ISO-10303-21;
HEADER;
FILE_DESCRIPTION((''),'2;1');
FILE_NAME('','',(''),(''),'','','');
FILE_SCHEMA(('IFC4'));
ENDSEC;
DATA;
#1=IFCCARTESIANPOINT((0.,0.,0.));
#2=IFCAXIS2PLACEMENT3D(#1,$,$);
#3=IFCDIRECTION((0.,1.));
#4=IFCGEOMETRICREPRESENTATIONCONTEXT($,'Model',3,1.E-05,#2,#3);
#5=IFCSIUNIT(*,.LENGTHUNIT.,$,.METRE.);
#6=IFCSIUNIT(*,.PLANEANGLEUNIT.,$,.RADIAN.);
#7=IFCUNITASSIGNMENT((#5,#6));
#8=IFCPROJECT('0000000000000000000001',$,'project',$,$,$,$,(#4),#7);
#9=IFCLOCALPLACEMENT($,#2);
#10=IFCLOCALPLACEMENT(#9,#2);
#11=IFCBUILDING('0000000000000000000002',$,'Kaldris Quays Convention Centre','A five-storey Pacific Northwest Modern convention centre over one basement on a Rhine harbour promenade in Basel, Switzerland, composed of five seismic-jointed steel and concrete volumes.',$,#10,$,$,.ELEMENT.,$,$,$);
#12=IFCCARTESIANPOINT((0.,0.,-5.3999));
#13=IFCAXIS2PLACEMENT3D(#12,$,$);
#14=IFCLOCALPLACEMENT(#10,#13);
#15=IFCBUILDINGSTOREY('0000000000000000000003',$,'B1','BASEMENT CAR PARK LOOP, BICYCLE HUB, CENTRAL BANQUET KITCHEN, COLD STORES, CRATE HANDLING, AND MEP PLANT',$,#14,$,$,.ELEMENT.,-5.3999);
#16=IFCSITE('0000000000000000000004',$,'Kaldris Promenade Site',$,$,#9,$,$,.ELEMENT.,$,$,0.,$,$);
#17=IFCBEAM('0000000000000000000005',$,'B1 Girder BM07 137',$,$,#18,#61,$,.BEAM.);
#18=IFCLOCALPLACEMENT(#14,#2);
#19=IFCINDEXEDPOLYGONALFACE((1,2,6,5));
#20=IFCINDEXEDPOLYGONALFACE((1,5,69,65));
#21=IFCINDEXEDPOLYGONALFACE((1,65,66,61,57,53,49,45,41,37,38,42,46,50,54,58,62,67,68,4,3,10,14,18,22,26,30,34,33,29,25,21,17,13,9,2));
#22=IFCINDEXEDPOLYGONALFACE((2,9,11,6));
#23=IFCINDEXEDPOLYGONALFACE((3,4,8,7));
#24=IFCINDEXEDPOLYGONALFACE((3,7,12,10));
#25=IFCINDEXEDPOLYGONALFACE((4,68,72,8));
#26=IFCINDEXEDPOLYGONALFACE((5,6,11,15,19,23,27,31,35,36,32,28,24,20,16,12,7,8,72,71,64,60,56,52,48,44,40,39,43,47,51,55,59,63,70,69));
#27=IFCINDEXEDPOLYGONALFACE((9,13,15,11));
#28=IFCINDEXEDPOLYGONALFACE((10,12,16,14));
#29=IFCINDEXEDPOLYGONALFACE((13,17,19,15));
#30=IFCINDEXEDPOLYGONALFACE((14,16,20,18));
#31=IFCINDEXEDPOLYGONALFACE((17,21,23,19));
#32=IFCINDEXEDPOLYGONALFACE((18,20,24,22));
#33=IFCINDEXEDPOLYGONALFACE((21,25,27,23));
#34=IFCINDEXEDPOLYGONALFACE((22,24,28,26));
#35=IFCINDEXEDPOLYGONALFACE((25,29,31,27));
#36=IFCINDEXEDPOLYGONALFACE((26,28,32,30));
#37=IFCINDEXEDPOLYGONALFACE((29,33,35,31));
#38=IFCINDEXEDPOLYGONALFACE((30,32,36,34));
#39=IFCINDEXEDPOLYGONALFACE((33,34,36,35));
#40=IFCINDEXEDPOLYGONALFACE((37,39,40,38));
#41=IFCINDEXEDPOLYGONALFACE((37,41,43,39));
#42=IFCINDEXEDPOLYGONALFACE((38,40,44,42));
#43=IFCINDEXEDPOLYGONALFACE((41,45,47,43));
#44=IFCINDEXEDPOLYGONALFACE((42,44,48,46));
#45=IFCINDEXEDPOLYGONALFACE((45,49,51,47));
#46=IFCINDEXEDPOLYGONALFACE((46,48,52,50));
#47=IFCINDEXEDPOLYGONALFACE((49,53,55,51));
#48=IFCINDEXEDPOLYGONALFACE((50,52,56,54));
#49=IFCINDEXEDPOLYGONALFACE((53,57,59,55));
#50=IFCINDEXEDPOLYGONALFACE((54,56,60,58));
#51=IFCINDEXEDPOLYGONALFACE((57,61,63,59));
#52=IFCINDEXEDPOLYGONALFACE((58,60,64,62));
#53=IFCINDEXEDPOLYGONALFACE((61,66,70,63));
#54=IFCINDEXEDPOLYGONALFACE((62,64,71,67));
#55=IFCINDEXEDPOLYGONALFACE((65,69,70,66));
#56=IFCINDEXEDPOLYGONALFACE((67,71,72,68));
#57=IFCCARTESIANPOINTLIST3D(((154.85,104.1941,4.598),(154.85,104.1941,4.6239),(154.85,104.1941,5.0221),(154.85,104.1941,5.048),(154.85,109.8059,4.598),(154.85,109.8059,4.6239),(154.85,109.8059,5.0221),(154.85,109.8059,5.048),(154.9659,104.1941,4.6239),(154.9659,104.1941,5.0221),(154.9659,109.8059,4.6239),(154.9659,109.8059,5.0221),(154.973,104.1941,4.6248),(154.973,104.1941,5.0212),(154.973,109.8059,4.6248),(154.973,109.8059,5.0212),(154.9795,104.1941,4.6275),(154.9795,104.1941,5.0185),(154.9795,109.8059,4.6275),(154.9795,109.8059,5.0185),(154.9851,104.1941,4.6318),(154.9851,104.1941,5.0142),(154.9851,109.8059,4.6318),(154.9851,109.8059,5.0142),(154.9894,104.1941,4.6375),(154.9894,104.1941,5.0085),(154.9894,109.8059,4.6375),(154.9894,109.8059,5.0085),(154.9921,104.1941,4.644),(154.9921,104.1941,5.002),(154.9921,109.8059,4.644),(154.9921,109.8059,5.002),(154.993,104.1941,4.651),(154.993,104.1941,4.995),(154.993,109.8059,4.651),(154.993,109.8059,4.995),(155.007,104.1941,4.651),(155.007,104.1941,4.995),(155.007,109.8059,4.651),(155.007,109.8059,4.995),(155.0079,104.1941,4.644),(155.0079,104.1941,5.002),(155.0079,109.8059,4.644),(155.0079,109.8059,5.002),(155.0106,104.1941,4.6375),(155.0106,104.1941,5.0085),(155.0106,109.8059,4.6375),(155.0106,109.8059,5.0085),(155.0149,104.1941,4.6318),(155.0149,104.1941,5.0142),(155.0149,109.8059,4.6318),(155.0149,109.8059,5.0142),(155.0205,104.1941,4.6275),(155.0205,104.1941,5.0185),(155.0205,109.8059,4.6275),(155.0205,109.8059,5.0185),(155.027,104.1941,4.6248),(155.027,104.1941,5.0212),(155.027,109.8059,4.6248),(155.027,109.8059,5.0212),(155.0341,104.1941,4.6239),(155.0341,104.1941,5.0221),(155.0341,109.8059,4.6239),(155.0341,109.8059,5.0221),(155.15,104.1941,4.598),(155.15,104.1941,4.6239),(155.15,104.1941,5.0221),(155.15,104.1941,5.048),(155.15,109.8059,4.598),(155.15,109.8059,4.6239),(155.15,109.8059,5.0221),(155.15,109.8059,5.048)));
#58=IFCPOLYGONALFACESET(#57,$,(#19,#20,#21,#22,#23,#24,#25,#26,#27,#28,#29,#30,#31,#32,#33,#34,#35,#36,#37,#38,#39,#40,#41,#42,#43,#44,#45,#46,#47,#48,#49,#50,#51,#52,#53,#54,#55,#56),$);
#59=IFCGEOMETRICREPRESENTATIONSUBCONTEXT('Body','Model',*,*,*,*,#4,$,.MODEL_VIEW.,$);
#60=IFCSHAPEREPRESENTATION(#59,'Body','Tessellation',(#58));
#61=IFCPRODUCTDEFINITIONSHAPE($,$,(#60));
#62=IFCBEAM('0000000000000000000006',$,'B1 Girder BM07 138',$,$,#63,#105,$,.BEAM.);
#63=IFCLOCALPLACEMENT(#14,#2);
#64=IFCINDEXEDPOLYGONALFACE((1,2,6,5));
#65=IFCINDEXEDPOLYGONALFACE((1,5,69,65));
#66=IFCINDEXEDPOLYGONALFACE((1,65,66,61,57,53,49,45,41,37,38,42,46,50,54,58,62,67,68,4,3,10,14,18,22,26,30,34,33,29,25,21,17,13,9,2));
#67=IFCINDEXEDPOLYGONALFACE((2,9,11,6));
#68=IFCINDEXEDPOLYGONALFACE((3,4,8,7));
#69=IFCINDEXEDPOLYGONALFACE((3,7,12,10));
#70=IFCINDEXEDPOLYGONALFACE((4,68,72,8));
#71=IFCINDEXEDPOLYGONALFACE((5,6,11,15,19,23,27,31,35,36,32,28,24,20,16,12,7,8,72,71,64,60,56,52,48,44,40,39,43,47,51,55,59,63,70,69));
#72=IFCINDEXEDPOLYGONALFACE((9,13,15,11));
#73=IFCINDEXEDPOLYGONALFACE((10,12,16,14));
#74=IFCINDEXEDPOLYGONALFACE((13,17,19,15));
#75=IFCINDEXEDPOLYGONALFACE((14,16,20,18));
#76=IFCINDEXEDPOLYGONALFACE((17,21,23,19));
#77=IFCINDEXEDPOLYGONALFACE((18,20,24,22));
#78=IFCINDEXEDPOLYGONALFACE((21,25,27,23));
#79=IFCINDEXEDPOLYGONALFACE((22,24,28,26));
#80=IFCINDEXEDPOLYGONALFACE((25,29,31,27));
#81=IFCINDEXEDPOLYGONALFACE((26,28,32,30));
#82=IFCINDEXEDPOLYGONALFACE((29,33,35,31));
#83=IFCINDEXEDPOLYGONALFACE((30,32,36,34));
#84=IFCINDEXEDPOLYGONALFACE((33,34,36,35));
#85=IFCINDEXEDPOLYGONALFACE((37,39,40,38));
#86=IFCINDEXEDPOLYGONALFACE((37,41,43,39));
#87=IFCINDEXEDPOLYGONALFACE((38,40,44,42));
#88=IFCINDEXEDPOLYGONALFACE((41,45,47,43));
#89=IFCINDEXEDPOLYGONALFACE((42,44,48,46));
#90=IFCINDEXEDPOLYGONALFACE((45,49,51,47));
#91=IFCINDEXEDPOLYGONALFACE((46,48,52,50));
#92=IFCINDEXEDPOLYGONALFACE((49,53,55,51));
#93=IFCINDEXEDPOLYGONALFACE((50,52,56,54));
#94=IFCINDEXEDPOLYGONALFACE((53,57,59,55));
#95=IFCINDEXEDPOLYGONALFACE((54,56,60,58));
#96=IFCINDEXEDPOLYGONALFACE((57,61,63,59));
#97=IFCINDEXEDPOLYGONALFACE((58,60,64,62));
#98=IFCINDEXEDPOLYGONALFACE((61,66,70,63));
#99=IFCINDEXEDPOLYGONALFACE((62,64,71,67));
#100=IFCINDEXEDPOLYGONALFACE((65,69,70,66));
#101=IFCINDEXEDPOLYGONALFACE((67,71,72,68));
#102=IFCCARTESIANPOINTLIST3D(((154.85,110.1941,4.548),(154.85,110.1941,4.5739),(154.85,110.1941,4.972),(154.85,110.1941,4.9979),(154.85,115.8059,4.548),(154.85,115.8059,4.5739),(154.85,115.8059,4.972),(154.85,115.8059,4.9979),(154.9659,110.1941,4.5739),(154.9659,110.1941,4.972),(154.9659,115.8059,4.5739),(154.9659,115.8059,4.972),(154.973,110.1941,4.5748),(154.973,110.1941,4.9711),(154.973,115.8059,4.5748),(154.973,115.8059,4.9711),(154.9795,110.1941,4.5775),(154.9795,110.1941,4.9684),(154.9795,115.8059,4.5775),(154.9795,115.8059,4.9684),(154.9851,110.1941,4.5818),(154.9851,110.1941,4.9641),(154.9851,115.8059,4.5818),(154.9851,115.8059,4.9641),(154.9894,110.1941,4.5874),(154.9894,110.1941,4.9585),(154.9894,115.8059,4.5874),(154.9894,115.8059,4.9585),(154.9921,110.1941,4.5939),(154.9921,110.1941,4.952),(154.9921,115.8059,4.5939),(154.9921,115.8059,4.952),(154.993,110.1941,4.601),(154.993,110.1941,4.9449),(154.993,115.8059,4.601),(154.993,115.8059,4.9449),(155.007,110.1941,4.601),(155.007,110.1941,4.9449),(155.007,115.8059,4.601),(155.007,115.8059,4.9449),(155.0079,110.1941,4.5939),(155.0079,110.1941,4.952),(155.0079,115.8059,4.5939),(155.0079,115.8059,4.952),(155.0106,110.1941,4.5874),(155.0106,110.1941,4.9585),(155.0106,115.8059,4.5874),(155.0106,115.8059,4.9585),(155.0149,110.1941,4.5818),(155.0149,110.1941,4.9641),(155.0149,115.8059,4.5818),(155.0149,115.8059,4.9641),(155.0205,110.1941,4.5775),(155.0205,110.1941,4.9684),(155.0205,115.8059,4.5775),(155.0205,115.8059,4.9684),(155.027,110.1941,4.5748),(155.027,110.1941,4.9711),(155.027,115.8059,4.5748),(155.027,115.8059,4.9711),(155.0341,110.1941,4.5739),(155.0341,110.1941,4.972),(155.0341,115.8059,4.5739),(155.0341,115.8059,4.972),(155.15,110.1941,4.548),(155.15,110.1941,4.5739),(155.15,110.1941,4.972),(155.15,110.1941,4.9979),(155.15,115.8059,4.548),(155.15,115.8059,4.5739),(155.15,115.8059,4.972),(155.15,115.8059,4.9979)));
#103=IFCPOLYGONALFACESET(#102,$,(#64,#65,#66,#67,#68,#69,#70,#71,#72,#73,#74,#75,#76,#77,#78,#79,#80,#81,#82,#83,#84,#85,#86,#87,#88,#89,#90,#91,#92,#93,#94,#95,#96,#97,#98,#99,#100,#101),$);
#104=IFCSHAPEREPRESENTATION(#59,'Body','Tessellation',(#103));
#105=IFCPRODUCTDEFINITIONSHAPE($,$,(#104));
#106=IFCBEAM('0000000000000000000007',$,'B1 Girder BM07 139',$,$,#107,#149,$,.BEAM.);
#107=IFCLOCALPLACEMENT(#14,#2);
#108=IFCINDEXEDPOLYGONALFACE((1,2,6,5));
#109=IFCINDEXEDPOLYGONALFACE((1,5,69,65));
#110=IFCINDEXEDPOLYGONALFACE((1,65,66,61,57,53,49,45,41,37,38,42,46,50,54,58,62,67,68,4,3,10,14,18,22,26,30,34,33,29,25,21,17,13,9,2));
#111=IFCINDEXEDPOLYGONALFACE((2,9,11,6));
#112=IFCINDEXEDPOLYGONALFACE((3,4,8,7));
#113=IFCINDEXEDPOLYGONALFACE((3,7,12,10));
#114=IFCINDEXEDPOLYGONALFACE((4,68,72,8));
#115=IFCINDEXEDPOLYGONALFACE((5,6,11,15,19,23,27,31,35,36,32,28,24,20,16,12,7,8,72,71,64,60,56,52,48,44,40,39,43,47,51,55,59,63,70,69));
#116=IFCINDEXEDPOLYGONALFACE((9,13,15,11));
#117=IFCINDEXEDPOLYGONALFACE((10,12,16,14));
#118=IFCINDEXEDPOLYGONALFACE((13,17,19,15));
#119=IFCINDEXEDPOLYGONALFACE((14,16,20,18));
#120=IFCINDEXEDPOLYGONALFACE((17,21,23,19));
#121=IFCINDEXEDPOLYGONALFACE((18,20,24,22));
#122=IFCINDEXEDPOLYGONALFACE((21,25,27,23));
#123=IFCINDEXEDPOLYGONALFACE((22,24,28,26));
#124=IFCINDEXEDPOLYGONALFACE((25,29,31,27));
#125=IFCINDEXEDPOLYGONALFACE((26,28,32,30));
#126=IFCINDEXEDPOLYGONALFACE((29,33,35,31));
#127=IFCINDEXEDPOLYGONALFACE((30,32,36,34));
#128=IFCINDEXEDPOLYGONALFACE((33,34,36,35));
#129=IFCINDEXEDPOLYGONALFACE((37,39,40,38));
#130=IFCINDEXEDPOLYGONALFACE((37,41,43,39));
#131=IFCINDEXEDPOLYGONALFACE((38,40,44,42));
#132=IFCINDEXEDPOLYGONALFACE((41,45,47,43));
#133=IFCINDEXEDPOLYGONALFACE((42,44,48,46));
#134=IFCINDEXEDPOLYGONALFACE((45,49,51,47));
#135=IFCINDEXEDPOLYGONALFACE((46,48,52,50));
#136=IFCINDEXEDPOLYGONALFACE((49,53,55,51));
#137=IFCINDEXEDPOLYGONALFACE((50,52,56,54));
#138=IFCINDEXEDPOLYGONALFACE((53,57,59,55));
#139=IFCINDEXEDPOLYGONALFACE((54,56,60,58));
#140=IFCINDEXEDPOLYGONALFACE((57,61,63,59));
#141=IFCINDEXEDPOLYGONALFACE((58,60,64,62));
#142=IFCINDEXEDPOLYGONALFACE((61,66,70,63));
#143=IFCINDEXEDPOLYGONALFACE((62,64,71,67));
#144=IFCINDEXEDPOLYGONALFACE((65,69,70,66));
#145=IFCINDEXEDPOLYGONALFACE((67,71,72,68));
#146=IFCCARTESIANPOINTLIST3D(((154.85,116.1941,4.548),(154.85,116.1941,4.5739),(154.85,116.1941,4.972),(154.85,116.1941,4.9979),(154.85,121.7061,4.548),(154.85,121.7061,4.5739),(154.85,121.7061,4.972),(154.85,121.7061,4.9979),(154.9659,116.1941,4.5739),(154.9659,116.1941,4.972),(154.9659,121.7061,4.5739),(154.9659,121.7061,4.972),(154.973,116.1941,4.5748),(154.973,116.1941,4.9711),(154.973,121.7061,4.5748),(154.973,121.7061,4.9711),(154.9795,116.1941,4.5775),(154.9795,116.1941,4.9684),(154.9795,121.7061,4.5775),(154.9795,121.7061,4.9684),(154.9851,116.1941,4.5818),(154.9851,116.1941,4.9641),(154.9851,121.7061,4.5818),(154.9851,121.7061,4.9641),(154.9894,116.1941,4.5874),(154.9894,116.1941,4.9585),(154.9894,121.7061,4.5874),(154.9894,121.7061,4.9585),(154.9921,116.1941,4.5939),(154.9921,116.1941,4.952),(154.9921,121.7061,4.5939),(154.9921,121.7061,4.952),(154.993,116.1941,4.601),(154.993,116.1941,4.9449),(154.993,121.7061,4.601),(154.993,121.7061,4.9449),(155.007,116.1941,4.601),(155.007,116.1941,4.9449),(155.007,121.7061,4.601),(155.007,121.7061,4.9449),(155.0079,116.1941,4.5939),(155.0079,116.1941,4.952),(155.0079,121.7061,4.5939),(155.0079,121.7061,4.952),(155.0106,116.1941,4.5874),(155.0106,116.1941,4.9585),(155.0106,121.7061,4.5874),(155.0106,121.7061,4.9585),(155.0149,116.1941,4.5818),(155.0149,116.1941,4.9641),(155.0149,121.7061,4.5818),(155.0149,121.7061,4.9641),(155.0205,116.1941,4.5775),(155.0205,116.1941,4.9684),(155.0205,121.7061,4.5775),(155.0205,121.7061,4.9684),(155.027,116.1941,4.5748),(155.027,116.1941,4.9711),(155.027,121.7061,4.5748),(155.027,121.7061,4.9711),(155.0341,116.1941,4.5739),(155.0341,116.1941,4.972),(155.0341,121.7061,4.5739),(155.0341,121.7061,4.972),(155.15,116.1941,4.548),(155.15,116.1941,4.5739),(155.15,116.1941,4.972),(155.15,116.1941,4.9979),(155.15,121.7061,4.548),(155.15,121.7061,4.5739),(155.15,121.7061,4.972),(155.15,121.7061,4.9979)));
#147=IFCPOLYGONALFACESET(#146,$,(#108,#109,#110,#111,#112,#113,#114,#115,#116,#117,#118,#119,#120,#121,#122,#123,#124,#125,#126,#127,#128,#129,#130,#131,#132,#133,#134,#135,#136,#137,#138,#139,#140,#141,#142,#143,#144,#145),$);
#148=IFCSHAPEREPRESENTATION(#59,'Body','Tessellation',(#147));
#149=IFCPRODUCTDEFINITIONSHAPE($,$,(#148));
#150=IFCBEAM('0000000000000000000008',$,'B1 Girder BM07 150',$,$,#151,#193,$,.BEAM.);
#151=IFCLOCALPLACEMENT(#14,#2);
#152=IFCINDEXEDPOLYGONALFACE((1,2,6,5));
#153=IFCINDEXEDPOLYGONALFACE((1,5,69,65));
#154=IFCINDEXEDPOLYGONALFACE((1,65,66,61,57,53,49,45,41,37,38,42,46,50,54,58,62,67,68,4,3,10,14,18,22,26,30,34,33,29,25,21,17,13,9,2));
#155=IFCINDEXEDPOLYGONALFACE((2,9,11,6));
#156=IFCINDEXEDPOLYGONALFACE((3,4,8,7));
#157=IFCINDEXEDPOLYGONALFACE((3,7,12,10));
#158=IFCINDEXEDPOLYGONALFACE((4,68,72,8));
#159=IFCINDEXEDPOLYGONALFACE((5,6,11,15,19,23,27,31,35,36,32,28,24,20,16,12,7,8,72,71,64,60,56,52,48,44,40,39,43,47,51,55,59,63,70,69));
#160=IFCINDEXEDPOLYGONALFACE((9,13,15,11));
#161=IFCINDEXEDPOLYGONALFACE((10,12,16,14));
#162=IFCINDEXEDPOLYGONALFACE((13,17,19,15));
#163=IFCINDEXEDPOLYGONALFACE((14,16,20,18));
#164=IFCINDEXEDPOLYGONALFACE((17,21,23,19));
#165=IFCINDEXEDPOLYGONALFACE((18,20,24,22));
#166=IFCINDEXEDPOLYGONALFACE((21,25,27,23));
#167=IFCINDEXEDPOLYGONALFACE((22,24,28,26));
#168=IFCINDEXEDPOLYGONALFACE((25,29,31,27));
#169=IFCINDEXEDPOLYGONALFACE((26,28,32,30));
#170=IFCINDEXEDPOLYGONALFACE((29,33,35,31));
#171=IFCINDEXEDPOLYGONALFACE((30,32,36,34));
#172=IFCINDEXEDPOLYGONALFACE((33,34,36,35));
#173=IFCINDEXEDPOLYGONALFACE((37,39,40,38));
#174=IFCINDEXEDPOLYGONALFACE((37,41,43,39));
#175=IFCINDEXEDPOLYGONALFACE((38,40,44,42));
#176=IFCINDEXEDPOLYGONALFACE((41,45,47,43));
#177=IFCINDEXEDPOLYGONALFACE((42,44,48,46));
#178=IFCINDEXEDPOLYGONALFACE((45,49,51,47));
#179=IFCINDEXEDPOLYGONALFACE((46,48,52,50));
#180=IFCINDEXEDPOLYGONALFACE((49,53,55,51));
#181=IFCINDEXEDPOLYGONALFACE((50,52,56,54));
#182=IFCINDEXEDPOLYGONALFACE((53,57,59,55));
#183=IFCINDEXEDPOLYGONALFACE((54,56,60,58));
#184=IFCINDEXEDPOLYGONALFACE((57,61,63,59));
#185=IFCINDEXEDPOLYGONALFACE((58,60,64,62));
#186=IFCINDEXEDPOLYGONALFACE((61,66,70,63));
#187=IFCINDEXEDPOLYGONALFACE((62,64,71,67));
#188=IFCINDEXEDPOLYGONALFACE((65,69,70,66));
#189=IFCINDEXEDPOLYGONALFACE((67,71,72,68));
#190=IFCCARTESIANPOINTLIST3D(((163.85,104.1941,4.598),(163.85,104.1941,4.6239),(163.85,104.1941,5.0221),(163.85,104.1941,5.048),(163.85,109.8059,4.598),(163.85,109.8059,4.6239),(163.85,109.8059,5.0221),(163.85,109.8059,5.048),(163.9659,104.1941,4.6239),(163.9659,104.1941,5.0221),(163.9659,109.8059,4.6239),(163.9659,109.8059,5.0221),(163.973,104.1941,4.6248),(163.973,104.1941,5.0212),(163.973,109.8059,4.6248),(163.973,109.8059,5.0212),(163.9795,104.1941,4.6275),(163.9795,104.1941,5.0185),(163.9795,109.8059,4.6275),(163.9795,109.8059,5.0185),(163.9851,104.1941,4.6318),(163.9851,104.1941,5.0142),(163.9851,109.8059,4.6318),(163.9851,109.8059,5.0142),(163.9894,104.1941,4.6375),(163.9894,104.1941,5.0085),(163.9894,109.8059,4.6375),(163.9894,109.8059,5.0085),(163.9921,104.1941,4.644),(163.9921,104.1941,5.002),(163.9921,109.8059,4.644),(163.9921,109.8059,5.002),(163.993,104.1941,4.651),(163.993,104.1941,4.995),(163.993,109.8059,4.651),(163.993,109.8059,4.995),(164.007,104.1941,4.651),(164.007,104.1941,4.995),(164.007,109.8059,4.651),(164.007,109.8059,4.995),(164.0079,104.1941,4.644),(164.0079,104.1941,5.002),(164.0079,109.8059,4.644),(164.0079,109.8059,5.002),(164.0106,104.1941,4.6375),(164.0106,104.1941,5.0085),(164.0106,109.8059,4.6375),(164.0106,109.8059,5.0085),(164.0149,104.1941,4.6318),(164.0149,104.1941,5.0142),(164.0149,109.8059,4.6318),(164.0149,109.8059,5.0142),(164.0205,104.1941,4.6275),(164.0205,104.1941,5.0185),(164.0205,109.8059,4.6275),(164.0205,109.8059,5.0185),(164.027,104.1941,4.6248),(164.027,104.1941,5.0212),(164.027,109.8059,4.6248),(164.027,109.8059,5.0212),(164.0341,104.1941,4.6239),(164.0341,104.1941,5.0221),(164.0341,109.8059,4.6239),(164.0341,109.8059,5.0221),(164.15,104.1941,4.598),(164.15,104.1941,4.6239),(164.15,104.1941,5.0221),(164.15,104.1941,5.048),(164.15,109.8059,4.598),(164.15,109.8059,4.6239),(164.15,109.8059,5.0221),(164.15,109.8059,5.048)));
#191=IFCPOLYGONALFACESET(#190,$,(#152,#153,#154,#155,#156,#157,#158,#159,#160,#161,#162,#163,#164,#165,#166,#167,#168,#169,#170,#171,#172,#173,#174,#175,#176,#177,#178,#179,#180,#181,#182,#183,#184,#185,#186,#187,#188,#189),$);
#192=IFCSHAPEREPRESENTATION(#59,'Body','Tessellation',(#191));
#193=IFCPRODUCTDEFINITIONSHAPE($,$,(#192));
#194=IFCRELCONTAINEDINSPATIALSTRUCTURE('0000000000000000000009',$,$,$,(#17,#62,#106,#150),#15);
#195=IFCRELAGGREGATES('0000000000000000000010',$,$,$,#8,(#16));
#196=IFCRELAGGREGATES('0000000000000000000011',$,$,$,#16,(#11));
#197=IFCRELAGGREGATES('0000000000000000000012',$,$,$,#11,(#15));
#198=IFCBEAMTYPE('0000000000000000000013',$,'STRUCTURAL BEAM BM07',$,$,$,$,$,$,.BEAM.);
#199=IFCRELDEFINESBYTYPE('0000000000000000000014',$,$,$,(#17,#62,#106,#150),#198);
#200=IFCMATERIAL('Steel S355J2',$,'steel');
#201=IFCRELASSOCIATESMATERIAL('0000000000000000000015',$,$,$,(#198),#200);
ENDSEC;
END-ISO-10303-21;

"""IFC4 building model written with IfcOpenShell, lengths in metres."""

from ifc_helpers import new_model, si_unit, direction, frame, origin, origin_2d, place, context, subcontext, project, spatial, i_section, extrude, material, material_profile, profile_set, type_object, element, save


model = new_model("IFC4")

# Units and contexts
model_context = context("Model", 3, precision=1e-05, world=origin(), true_north=direction((0.0, 1.0)))
body_context = subcontext(model_context, "Body", "Model", "MODEL_VIEW")
ifc_project = project(units=[si_unit("LENGTHUNIT", "METRE"), si_unit("PLANEANGLEUNIT", "RADIAN")], contexts=[model_context])

# Site, building, storey
site_placement = place(None, origin())
site = spatial("IfcSite", under=ifc_project, at=site_placement, Name="Kaldris Promenade Site", CompositionType="ELEMENT", RefElevation=0.0)
building_placement = place(site_placement, origin())
building = spatial("IfcBuilding", under=site, at=building_placement, Name="Kaldris Quays Convention Centre", Description="A five-storey Pacific Northwest Modern convention centre over one basement on a Rhine harbour promenade in Basel, Switzerland, composed of five seismic-jointed steel and concrete volumes.", CompositionType="ELEMENT")
storey_placement = place(building_placement, frame((0.0, 0.0, -5.3999)))
storey = spatial("IfcBuildingStorey", under=building, at=storey_placement, Name="B1", Description="BASEMENT CAR PARK LOOP, BICYCLE HUB, CENTRAL BANQUET KITCHEN, COLD STORES, CRATE HANDLING, AND MEP PLANT", CompositionType="ELEMENT", Elevation=-5.3999)

# Shared definitions
ifc_material_1 = material(Name="Steel S355J2", Category="steel")

# Beams
ifc_material_profile_1 = material_profile(ifc_material_1, i_section(OverallWidth=0.3, OverallDepth=0.45, WebThickness=0.0139, FlangeThickness=0.0259, FilletRadius=0.0271, at=origin_2d()), Name="HEB 450")
ifc_profile_set_1 = profile_set([ifc_material_profile_1], Name="Steel S355J2")
beam_type_1 = type_object("IfcBeamType", Name="STRUCTURAL BEAM BM07", PredefinedType="BEAM", material=ifc_profile_set_1)
for number, where, z_axis, x_axis, name in (
    (1, (155.0, 104.1941, 4.823), (0.0, 1.0, 0.0), (-1.0, 0.0, 0.0), "B1 Girder BM07 137"),
    (2, (155.0, 110.1941, 4.7729), (0.0, 1.0, 0.0), (-1.0, 0.0, 0.0), "B1 Girder BM07 138"),
):
    element("IfcBeam", number, at=place(storey_placement, frame(where, z_axis=z_axis, x_axis=x_axis)), inside=storey, type_object=beam_type_1, Name=name, PredefinedType="BEAM", context=body_context, shape_type="SweptSolid", body=[
        extrude(i_section(OverallWidth=0.3, OverallDepth=0.45, WebThickness=0.0139, FlangeThickness=0.0259, FilletRadius=0.0271, at=origin_2d()), origin(), (0.0, 0.0, 1.0), 5.6118),
    ])
beam_1_placement = place(storey_placement, frame((155.0, 116.1941, 4.7729), z_axis=(0.0, 1.0, 0.0), x_axis=(-1.0, 0.0, 0.0)))
element("IfcBeam", 3, at=beam_1_placement, inside=storey, type_object=beam_type_1, Name="B1 Girder BM07 139", PredefinedType="BEAM", context=body_context, shape_type="SweptSolid", body=[
    extrude(i_section(OverallWidth=0.3, OverallDepth=0.45, WebThickness=0.0139, FlangeThickness=0.0259, FilletRadius=0.0271, at=origin_2d()), origin(), (0.0, 0.0, 1.0), 5.512),
])
for number, where, z_axis, x_axis, name in (
    (4, (164.0, 104.1941, 4.823), (0.0, 1.0, 0.0), (-1.0, 0.0, 0.0), "B1 Girder BM07 150"),
):
    element("IfcBeam", number, at=place(storey_placement, frame(where, z_axis=z_axis, x_axis=x_axis)), inside=storey, type_object=beam_type_1, Name=name, PredefinedType="BEAM", context=body_context, shape_type="SweptSolid", body=[
        extrude(i_section(OverallWidth=0.3, OverallDepth=0.45, WebThickness=0.0139, FlangeThickness=0.0259, FilletRadius=0.0271, at=origin_2d()), origin(), (0.0, 0.0, 1.0), 5.6118),
    ])

save(model, "model.ifc")
